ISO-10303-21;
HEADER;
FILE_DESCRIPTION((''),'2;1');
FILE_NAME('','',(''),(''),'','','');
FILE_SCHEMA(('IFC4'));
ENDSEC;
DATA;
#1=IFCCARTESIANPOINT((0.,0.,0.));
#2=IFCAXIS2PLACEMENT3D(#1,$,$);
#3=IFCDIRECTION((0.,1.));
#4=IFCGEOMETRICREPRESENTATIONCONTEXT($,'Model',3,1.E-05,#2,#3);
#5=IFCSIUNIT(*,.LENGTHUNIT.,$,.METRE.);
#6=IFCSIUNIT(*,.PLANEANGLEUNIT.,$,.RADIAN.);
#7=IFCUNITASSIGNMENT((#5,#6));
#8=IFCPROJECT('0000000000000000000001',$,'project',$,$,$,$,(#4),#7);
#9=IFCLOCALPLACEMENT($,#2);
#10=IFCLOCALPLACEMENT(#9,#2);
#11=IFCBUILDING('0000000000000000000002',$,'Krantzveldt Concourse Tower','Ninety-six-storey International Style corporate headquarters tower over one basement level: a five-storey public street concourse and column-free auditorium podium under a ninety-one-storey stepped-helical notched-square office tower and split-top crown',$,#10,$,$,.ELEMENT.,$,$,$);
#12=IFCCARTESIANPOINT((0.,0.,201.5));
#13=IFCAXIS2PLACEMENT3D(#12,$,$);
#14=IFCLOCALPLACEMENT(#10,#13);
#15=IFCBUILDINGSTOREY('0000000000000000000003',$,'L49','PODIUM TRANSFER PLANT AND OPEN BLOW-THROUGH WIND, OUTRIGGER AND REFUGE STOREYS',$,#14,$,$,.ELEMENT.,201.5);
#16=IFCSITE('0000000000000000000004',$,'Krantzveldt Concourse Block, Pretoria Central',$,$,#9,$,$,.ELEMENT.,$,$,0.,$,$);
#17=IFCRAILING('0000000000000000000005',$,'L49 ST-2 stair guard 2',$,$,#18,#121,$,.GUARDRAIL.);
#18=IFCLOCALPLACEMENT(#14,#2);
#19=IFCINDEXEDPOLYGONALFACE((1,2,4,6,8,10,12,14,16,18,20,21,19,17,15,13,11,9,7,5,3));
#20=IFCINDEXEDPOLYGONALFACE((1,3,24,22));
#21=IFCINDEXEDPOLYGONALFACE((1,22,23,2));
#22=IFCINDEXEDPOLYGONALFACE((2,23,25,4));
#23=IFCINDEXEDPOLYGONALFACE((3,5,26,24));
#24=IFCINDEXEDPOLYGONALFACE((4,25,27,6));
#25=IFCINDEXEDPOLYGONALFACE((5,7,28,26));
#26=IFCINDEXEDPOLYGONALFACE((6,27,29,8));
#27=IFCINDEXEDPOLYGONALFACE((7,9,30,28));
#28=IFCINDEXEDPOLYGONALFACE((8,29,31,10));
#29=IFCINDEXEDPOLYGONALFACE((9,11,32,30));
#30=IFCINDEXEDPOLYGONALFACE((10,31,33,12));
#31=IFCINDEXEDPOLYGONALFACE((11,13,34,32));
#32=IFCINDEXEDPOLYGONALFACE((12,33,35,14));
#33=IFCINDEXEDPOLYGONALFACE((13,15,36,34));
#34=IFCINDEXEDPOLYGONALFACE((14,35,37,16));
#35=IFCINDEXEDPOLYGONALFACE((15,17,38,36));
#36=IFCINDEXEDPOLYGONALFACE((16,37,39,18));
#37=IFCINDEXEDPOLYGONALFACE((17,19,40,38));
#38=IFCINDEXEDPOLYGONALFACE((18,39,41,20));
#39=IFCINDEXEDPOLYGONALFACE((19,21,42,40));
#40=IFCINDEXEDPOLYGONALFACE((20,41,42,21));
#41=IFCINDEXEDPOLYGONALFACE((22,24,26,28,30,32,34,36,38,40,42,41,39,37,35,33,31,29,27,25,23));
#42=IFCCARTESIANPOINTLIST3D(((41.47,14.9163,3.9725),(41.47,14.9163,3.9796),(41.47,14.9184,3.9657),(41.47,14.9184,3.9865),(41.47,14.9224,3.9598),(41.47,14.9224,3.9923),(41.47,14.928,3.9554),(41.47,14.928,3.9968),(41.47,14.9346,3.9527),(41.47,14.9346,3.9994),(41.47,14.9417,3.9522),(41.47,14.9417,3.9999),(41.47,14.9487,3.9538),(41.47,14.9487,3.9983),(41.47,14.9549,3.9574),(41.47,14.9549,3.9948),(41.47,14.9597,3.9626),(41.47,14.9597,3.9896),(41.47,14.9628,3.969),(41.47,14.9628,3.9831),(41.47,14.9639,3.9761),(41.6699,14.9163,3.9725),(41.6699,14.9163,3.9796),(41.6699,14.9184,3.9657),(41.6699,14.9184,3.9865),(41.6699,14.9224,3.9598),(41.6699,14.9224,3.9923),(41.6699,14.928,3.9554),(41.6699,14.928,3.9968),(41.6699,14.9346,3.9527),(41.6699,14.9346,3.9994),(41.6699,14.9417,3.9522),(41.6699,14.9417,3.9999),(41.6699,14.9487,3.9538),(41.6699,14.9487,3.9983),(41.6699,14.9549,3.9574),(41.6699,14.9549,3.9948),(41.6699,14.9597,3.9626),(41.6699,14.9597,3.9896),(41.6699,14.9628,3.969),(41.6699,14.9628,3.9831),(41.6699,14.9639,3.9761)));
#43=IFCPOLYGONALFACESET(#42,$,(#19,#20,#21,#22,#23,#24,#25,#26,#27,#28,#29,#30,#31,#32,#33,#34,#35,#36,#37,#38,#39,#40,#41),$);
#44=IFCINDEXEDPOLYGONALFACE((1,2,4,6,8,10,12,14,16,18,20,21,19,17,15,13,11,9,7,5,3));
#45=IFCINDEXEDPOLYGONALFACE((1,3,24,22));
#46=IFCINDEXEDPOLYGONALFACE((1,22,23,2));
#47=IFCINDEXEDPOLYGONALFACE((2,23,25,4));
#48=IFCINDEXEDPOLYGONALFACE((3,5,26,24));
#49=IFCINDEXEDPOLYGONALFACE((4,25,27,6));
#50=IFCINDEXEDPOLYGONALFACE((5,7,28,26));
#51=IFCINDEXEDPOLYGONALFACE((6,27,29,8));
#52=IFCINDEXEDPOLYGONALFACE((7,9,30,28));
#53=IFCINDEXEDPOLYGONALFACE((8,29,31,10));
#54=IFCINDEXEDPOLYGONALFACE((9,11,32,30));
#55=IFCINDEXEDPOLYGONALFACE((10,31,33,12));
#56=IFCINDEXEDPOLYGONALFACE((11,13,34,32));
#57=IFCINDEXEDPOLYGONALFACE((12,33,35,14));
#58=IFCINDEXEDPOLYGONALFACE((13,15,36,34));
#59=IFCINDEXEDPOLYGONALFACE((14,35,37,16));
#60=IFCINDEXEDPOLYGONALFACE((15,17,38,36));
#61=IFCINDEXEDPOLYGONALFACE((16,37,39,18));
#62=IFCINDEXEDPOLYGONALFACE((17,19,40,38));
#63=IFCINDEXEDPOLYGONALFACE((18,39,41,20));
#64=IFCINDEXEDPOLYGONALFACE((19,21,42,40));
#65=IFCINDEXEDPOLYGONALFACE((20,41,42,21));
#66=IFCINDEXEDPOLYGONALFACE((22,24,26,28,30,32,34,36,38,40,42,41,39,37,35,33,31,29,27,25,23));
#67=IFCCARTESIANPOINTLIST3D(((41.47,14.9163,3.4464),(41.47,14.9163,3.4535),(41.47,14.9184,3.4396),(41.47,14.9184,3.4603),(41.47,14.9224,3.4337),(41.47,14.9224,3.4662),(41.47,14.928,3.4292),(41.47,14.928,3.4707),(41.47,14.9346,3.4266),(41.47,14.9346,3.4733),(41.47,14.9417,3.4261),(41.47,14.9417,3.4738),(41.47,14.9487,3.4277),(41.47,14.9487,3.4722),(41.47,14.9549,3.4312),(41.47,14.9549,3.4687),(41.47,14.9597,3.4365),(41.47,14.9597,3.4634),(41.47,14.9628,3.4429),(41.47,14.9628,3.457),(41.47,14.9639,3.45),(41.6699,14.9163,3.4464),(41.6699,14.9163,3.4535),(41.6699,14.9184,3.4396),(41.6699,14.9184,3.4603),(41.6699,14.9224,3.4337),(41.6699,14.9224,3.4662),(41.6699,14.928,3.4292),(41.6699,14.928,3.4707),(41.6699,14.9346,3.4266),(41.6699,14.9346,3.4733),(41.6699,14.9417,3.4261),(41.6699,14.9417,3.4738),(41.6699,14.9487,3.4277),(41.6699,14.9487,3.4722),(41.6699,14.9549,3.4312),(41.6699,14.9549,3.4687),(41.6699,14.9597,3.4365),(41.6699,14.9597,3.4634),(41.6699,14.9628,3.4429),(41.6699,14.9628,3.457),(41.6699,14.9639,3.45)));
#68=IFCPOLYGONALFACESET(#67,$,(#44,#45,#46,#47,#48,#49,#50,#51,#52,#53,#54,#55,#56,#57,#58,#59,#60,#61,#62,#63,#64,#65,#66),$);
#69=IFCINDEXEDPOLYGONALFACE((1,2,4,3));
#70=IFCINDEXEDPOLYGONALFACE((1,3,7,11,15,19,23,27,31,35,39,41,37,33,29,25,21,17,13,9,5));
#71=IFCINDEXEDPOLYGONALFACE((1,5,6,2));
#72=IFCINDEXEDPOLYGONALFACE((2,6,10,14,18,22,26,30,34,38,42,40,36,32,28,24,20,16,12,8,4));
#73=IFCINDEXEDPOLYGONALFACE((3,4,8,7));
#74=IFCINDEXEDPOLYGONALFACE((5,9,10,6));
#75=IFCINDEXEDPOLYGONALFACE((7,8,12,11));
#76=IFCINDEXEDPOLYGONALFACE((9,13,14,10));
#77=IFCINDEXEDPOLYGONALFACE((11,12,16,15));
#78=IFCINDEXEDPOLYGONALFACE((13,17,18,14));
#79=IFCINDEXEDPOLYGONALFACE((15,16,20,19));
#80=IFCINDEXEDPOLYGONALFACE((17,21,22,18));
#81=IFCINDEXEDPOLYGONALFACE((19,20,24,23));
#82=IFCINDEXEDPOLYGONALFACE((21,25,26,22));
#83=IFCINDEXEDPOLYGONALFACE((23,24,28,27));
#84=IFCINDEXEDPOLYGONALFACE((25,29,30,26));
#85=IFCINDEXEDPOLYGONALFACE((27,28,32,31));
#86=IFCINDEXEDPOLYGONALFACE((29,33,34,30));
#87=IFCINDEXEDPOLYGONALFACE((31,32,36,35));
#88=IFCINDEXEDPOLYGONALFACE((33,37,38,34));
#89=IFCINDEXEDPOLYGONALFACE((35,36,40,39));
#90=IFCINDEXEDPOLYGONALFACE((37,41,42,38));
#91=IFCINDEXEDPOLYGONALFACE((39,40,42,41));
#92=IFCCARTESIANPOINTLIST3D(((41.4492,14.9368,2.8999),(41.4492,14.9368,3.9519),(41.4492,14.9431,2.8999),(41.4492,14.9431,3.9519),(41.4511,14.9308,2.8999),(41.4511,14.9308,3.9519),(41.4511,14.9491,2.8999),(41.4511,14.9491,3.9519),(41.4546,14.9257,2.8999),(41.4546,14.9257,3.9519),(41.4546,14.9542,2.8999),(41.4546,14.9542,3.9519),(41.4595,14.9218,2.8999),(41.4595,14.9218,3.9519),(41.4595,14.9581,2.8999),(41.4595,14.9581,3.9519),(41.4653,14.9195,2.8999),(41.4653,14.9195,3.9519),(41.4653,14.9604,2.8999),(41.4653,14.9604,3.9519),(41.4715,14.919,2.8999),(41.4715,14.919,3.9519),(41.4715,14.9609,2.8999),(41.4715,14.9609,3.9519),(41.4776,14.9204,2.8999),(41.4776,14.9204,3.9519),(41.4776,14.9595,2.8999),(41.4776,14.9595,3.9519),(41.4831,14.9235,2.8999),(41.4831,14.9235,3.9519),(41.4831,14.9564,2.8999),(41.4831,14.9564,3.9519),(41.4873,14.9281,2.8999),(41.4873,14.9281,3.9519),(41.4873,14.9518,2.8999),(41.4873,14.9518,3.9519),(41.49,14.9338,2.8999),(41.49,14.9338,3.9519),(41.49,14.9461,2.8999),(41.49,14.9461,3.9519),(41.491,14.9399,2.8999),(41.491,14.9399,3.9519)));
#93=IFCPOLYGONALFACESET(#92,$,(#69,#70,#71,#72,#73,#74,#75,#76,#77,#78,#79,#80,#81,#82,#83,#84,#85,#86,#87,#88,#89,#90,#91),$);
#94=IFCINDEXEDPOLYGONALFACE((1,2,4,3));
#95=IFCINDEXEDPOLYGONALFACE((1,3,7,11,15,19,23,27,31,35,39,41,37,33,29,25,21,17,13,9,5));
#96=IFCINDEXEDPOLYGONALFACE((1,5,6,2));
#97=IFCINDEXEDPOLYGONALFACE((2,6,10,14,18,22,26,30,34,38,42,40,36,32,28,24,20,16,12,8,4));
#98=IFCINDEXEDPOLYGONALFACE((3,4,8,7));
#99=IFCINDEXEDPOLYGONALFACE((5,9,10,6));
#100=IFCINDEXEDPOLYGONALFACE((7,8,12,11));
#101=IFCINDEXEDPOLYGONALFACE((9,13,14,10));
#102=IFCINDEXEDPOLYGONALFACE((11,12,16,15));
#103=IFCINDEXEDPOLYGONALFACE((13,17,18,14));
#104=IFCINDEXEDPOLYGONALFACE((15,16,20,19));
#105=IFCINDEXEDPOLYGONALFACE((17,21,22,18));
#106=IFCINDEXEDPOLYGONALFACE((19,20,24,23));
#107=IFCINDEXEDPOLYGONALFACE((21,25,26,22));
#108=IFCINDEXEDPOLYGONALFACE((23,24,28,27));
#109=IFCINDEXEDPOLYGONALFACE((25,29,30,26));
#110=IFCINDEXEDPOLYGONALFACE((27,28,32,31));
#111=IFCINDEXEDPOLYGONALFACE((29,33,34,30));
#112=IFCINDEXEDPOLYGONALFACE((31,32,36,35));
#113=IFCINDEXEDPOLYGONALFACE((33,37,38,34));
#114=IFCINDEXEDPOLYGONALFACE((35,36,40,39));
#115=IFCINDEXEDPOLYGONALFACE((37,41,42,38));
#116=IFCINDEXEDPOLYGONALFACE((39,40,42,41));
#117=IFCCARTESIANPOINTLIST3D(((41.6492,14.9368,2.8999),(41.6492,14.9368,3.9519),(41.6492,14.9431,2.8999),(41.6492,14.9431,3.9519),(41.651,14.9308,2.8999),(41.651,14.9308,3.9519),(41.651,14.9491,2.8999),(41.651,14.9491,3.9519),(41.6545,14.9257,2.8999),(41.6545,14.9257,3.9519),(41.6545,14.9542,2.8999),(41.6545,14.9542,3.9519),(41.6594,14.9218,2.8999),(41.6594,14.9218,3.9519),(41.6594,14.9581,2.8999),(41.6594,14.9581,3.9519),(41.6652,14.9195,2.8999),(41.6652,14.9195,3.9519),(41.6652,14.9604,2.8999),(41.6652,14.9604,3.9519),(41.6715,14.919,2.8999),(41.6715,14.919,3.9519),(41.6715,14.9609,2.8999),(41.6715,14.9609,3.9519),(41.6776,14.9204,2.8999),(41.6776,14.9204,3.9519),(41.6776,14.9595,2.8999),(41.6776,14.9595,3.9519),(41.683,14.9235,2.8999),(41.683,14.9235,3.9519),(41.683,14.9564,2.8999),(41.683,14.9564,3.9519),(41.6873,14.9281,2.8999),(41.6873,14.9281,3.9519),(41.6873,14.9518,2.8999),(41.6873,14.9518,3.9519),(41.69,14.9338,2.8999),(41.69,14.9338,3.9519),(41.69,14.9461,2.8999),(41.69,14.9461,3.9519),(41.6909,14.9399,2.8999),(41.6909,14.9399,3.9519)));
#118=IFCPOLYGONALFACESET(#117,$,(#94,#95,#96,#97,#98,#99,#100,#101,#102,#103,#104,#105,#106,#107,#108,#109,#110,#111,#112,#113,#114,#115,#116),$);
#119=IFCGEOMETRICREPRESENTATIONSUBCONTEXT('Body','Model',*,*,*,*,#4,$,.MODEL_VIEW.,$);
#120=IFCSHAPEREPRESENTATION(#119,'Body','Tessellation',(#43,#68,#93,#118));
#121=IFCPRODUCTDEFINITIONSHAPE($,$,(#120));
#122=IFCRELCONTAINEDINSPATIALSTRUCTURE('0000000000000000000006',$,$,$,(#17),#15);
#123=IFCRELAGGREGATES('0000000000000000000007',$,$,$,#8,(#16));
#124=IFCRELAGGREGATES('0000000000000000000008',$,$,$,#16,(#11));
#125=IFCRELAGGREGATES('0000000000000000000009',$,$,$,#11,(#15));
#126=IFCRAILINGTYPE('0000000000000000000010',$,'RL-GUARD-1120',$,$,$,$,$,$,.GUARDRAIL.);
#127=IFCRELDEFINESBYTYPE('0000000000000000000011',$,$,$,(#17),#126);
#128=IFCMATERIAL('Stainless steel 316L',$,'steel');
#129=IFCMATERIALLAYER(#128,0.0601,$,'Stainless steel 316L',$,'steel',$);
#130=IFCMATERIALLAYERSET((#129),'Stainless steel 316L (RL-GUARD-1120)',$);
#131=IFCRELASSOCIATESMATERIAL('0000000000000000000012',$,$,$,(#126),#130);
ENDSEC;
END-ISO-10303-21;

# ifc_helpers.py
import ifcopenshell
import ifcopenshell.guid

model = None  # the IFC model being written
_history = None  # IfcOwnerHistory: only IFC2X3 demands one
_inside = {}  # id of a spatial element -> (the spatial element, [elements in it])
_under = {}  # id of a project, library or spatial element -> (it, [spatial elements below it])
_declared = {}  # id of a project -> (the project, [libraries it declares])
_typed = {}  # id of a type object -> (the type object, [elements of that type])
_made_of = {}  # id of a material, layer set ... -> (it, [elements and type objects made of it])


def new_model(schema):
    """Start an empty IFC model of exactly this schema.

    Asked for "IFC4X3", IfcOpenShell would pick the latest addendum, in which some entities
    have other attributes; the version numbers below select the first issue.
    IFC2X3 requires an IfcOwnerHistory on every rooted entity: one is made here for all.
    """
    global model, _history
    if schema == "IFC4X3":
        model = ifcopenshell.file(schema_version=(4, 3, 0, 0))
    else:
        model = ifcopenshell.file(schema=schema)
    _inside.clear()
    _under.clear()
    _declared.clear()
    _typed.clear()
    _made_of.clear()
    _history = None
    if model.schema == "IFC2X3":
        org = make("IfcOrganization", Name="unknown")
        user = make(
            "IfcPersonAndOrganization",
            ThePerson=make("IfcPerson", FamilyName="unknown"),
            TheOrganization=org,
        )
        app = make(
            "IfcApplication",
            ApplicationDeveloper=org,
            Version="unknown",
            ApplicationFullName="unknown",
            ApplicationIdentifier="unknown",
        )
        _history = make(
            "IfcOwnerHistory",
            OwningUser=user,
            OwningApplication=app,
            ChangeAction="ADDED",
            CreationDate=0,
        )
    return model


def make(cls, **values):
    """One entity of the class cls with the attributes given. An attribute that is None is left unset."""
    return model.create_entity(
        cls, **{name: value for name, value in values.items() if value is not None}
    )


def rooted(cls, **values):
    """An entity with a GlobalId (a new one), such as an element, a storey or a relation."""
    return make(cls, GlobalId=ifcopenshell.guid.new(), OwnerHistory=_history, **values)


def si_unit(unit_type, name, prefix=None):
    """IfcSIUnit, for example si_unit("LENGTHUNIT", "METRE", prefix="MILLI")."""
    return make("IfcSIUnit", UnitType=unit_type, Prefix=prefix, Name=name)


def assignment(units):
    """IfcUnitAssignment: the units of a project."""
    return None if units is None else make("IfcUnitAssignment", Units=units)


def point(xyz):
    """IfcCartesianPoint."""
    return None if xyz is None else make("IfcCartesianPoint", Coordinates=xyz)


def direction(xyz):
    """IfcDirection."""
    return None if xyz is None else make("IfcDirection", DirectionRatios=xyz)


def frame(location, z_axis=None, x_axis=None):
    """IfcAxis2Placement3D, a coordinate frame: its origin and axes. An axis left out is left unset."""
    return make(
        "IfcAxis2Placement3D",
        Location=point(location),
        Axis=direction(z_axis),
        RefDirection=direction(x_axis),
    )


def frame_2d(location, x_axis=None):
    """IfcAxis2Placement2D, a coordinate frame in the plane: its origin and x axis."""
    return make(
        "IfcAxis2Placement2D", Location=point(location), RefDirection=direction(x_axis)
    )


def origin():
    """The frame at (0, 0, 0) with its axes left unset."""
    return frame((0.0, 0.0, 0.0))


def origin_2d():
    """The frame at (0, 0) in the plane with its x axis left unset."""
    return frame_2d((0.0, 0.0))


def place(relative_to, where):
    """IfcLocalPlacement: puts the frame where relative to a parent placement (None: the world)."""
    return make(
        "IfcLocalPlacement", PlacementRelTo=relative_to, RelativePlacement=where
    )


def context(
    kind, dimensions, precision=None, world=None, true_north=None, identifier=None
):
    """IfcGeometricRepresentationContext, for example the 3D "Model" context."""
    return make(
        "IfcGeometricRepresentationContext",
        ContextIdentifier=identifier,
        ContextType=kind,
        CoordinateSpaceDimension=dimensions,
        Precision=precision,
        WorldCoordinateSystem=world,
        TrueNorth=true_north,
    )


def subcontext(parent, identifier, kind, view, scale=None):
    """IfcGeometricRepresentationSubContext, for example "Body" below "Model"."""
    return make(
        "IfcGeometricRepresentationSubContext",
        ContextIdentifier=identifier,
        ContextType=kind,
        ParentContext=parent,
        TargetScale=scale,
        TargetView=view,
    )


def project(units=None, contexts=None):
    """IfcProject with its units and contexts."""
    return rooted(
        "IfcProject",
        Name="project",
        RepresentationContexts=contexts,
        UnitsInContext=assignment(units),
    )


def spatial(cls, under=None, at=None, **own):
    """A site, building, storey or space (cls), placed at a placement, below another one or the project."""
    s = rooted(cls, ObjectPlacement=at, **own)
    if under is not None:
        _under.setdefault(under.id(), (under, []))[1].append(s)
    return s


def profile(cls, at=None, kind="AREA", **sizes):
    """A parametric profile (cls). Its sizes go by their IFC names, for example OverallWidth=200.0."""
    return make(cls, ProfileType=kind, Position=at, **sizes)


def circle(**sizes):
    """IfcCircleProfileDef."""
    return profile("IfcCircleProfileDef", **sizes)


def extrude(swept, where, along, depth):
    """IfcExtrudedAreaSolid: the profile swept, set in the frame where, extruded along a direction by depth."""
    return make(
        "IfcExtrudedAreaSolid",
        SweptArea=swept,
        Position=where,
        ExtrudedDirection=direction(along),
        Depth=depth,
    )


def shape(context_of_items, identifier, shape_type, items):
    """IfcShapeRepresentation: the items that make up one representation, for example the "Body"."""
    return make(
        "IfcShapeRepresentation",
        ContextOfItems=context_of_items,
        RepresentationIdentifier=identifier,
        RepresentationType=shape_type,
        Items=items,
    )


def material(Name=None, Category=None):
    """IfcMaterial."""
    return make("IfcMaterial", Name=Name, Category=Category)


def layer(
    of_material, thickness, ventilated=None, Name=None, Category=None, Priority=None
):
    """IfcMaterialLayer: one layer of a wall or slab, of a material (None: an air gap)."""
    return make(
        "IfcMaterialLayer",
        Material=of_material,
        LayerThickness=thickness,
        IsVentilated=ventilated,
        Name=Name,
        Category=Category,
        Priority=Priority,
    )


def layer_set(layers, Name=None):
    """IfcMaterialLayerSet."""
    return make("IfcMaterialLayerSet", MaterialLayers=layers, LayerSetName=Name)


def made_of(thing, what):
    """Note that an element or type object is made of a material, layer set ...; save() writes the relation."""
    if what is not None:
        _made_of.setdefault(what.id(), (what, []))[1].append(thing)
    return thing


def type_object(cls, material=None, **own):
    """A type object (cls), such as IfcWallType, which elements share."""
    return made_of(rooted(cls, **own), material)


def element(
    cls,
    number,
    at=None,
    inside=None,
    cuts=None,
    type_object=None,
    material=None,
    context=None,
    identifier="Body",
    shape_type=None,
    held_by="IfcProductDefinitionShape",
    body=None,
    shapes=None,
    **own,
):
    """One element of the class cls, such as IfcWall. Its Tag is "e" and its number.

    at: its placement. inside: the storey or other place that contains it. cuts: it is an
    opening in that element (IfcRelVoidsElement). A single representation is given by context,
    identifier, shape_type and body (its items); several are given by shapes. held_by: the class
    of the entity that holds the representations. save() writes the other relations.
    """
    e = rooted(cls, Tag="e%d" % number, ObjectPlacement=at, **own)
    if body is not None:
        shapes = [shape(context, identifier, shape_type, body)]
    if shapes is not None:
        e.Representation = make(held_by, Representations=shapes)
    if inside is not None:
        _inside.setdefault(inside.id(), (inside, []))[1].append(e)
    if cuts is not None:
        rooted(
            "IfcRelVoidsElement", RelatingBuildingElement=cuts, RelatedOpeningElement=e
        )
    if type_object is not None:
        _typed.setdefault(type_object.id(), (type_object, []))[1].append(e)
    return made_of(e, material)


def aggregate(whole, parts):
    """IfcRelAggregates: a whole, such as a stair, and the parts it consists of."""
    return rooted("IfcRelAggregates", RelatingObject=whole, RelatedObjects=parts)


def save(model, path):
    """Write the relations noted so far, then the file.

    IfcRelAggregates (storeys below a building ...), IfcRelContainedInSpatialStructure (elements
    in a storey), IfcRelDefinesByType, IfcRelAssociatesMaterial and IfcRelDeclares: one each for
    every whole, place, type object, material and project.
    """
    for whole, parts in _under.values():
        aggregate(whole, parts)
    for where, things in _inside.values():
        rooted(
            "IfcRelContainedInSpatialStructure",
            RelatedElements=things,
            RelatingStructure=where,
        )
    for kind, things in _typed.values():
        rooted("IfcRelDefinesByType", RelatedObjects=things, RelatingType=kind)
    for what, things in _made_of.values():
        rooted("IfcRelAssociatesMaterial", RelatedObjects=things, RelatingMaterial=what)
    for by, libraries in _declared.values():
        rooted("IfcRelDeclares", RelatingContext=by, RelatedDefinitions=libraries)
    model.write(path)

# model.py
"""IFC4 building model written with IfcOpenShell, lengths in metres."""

from ifc_helpers import new_model, si_unit, direction, frame, origin, origin_2d, place, context, subcontext, project, spatial, circle, extrude, material, layer, layer_set, type_object, element, save


model = new_model("IFC4")

# Units and contexts
model_context = context("Model", 3, precision=1e-05, world=origin(), true_north=direction((0.0, 1.0)))
body_context = subcontext(model_context, "Body", "Model", "MODEL_VIEW")
ifc_project = project(units=[si_unit("LENGTHUNIT", "METRE"), si_unit("PLANEANGLEUNIT", "RADIAN")], contexts=[model_context])

# Site, building, storey
site_placement = place(None, origin())
site = spatial("IfcSite", under=ifc_project, at=site_placement, Name="Krantzveldt Concourse Block, Pretoria Central", CompositionType="ELEMENT", RefElevation=0.0)
building_placement = place(site_placement, origin())
building = spatial("IfcBuilding", under=site, at=building_placement, Name="Krantzveldt Concourse Tower", Description="Ninety-six-storey International Style corporate headquarters tower over one basement level: a five-storey public street concourse and column-free auditorium podium under a ninety-one-storey stepped-helical notched-square office tower and split-top crown", CompositionType="ELEMENT")
storey_placement = place(building_placement, frame((0.0, 0.0, 201.5)))
storey = spatial("IfcBuildingStorey", under=building, at=storey_placement, Name="L49", Description="PODIUM TRANSFER PLANT AND OPEN BLOW-THROUGH WIND, OUTRIGGER AND REFUGE STOREYS", CompositionType="ELEMENT", Elevation=201.5)

# Shared definitions
ifc_material_1 = material(Name="Stainless steel 316L", Category="steel")

# Railing
ifc_layer_1 = layer(ifc_material_1, 0.0601, Name="Stainless steel 316L", Category="steel")
ifc_layer_set_1 = layer_set([ifc_layer_1], Name="Stainless steel 316L (RL-GUARD-1120)")
railing_type_1 = type_object("IfcRailingType", Name="RL-GUARD-1120", PredefinedType="GUARDRAIL", material=ifc_layer_set_1)
railing_1_placement = place(storey_placement, frame((41.47, 14.9399, 2.8999)))
element("IfcRailing", 1, at=railing_1_placement, inside=storey, type_object=railing_type_1, Name="L49 ST-2 stair guard 2", PredefinedType="GUARDRAIL", context=body_context, shape_type="SweptSolid", body=[
    extrude(circle(Radius=0.0239, at=origin_2d()), frame((0.0, 0.0, 1.0762), z_axis=(1.0, 0.0, 0.0), x_axis=(0.0, 1.0, 0.0)), (0.0, 0.0, 1.0), 0.2),
    extrude(circle(Radius=0.0239, at=origin_2d()), frame((0.0, 0.0, 0.55), z_axis=(1.0, 0.0, 0.0), x_axis=(0.0, 1.0, 0.0)), (0.0, 0.0, 1.0), 0.2),
    extrude(circle(Radius=0.021, at=origin_2d()), origin(), (0.0, 0.0, 1.0), 1.052),
    extrude(circle(Radius=0.021, at=origin_2d()), frame((0.2, 0.0, 0.0)), (0.0, 0.0, 1.0), 1.052),
])

save(model, "model.ifc")
